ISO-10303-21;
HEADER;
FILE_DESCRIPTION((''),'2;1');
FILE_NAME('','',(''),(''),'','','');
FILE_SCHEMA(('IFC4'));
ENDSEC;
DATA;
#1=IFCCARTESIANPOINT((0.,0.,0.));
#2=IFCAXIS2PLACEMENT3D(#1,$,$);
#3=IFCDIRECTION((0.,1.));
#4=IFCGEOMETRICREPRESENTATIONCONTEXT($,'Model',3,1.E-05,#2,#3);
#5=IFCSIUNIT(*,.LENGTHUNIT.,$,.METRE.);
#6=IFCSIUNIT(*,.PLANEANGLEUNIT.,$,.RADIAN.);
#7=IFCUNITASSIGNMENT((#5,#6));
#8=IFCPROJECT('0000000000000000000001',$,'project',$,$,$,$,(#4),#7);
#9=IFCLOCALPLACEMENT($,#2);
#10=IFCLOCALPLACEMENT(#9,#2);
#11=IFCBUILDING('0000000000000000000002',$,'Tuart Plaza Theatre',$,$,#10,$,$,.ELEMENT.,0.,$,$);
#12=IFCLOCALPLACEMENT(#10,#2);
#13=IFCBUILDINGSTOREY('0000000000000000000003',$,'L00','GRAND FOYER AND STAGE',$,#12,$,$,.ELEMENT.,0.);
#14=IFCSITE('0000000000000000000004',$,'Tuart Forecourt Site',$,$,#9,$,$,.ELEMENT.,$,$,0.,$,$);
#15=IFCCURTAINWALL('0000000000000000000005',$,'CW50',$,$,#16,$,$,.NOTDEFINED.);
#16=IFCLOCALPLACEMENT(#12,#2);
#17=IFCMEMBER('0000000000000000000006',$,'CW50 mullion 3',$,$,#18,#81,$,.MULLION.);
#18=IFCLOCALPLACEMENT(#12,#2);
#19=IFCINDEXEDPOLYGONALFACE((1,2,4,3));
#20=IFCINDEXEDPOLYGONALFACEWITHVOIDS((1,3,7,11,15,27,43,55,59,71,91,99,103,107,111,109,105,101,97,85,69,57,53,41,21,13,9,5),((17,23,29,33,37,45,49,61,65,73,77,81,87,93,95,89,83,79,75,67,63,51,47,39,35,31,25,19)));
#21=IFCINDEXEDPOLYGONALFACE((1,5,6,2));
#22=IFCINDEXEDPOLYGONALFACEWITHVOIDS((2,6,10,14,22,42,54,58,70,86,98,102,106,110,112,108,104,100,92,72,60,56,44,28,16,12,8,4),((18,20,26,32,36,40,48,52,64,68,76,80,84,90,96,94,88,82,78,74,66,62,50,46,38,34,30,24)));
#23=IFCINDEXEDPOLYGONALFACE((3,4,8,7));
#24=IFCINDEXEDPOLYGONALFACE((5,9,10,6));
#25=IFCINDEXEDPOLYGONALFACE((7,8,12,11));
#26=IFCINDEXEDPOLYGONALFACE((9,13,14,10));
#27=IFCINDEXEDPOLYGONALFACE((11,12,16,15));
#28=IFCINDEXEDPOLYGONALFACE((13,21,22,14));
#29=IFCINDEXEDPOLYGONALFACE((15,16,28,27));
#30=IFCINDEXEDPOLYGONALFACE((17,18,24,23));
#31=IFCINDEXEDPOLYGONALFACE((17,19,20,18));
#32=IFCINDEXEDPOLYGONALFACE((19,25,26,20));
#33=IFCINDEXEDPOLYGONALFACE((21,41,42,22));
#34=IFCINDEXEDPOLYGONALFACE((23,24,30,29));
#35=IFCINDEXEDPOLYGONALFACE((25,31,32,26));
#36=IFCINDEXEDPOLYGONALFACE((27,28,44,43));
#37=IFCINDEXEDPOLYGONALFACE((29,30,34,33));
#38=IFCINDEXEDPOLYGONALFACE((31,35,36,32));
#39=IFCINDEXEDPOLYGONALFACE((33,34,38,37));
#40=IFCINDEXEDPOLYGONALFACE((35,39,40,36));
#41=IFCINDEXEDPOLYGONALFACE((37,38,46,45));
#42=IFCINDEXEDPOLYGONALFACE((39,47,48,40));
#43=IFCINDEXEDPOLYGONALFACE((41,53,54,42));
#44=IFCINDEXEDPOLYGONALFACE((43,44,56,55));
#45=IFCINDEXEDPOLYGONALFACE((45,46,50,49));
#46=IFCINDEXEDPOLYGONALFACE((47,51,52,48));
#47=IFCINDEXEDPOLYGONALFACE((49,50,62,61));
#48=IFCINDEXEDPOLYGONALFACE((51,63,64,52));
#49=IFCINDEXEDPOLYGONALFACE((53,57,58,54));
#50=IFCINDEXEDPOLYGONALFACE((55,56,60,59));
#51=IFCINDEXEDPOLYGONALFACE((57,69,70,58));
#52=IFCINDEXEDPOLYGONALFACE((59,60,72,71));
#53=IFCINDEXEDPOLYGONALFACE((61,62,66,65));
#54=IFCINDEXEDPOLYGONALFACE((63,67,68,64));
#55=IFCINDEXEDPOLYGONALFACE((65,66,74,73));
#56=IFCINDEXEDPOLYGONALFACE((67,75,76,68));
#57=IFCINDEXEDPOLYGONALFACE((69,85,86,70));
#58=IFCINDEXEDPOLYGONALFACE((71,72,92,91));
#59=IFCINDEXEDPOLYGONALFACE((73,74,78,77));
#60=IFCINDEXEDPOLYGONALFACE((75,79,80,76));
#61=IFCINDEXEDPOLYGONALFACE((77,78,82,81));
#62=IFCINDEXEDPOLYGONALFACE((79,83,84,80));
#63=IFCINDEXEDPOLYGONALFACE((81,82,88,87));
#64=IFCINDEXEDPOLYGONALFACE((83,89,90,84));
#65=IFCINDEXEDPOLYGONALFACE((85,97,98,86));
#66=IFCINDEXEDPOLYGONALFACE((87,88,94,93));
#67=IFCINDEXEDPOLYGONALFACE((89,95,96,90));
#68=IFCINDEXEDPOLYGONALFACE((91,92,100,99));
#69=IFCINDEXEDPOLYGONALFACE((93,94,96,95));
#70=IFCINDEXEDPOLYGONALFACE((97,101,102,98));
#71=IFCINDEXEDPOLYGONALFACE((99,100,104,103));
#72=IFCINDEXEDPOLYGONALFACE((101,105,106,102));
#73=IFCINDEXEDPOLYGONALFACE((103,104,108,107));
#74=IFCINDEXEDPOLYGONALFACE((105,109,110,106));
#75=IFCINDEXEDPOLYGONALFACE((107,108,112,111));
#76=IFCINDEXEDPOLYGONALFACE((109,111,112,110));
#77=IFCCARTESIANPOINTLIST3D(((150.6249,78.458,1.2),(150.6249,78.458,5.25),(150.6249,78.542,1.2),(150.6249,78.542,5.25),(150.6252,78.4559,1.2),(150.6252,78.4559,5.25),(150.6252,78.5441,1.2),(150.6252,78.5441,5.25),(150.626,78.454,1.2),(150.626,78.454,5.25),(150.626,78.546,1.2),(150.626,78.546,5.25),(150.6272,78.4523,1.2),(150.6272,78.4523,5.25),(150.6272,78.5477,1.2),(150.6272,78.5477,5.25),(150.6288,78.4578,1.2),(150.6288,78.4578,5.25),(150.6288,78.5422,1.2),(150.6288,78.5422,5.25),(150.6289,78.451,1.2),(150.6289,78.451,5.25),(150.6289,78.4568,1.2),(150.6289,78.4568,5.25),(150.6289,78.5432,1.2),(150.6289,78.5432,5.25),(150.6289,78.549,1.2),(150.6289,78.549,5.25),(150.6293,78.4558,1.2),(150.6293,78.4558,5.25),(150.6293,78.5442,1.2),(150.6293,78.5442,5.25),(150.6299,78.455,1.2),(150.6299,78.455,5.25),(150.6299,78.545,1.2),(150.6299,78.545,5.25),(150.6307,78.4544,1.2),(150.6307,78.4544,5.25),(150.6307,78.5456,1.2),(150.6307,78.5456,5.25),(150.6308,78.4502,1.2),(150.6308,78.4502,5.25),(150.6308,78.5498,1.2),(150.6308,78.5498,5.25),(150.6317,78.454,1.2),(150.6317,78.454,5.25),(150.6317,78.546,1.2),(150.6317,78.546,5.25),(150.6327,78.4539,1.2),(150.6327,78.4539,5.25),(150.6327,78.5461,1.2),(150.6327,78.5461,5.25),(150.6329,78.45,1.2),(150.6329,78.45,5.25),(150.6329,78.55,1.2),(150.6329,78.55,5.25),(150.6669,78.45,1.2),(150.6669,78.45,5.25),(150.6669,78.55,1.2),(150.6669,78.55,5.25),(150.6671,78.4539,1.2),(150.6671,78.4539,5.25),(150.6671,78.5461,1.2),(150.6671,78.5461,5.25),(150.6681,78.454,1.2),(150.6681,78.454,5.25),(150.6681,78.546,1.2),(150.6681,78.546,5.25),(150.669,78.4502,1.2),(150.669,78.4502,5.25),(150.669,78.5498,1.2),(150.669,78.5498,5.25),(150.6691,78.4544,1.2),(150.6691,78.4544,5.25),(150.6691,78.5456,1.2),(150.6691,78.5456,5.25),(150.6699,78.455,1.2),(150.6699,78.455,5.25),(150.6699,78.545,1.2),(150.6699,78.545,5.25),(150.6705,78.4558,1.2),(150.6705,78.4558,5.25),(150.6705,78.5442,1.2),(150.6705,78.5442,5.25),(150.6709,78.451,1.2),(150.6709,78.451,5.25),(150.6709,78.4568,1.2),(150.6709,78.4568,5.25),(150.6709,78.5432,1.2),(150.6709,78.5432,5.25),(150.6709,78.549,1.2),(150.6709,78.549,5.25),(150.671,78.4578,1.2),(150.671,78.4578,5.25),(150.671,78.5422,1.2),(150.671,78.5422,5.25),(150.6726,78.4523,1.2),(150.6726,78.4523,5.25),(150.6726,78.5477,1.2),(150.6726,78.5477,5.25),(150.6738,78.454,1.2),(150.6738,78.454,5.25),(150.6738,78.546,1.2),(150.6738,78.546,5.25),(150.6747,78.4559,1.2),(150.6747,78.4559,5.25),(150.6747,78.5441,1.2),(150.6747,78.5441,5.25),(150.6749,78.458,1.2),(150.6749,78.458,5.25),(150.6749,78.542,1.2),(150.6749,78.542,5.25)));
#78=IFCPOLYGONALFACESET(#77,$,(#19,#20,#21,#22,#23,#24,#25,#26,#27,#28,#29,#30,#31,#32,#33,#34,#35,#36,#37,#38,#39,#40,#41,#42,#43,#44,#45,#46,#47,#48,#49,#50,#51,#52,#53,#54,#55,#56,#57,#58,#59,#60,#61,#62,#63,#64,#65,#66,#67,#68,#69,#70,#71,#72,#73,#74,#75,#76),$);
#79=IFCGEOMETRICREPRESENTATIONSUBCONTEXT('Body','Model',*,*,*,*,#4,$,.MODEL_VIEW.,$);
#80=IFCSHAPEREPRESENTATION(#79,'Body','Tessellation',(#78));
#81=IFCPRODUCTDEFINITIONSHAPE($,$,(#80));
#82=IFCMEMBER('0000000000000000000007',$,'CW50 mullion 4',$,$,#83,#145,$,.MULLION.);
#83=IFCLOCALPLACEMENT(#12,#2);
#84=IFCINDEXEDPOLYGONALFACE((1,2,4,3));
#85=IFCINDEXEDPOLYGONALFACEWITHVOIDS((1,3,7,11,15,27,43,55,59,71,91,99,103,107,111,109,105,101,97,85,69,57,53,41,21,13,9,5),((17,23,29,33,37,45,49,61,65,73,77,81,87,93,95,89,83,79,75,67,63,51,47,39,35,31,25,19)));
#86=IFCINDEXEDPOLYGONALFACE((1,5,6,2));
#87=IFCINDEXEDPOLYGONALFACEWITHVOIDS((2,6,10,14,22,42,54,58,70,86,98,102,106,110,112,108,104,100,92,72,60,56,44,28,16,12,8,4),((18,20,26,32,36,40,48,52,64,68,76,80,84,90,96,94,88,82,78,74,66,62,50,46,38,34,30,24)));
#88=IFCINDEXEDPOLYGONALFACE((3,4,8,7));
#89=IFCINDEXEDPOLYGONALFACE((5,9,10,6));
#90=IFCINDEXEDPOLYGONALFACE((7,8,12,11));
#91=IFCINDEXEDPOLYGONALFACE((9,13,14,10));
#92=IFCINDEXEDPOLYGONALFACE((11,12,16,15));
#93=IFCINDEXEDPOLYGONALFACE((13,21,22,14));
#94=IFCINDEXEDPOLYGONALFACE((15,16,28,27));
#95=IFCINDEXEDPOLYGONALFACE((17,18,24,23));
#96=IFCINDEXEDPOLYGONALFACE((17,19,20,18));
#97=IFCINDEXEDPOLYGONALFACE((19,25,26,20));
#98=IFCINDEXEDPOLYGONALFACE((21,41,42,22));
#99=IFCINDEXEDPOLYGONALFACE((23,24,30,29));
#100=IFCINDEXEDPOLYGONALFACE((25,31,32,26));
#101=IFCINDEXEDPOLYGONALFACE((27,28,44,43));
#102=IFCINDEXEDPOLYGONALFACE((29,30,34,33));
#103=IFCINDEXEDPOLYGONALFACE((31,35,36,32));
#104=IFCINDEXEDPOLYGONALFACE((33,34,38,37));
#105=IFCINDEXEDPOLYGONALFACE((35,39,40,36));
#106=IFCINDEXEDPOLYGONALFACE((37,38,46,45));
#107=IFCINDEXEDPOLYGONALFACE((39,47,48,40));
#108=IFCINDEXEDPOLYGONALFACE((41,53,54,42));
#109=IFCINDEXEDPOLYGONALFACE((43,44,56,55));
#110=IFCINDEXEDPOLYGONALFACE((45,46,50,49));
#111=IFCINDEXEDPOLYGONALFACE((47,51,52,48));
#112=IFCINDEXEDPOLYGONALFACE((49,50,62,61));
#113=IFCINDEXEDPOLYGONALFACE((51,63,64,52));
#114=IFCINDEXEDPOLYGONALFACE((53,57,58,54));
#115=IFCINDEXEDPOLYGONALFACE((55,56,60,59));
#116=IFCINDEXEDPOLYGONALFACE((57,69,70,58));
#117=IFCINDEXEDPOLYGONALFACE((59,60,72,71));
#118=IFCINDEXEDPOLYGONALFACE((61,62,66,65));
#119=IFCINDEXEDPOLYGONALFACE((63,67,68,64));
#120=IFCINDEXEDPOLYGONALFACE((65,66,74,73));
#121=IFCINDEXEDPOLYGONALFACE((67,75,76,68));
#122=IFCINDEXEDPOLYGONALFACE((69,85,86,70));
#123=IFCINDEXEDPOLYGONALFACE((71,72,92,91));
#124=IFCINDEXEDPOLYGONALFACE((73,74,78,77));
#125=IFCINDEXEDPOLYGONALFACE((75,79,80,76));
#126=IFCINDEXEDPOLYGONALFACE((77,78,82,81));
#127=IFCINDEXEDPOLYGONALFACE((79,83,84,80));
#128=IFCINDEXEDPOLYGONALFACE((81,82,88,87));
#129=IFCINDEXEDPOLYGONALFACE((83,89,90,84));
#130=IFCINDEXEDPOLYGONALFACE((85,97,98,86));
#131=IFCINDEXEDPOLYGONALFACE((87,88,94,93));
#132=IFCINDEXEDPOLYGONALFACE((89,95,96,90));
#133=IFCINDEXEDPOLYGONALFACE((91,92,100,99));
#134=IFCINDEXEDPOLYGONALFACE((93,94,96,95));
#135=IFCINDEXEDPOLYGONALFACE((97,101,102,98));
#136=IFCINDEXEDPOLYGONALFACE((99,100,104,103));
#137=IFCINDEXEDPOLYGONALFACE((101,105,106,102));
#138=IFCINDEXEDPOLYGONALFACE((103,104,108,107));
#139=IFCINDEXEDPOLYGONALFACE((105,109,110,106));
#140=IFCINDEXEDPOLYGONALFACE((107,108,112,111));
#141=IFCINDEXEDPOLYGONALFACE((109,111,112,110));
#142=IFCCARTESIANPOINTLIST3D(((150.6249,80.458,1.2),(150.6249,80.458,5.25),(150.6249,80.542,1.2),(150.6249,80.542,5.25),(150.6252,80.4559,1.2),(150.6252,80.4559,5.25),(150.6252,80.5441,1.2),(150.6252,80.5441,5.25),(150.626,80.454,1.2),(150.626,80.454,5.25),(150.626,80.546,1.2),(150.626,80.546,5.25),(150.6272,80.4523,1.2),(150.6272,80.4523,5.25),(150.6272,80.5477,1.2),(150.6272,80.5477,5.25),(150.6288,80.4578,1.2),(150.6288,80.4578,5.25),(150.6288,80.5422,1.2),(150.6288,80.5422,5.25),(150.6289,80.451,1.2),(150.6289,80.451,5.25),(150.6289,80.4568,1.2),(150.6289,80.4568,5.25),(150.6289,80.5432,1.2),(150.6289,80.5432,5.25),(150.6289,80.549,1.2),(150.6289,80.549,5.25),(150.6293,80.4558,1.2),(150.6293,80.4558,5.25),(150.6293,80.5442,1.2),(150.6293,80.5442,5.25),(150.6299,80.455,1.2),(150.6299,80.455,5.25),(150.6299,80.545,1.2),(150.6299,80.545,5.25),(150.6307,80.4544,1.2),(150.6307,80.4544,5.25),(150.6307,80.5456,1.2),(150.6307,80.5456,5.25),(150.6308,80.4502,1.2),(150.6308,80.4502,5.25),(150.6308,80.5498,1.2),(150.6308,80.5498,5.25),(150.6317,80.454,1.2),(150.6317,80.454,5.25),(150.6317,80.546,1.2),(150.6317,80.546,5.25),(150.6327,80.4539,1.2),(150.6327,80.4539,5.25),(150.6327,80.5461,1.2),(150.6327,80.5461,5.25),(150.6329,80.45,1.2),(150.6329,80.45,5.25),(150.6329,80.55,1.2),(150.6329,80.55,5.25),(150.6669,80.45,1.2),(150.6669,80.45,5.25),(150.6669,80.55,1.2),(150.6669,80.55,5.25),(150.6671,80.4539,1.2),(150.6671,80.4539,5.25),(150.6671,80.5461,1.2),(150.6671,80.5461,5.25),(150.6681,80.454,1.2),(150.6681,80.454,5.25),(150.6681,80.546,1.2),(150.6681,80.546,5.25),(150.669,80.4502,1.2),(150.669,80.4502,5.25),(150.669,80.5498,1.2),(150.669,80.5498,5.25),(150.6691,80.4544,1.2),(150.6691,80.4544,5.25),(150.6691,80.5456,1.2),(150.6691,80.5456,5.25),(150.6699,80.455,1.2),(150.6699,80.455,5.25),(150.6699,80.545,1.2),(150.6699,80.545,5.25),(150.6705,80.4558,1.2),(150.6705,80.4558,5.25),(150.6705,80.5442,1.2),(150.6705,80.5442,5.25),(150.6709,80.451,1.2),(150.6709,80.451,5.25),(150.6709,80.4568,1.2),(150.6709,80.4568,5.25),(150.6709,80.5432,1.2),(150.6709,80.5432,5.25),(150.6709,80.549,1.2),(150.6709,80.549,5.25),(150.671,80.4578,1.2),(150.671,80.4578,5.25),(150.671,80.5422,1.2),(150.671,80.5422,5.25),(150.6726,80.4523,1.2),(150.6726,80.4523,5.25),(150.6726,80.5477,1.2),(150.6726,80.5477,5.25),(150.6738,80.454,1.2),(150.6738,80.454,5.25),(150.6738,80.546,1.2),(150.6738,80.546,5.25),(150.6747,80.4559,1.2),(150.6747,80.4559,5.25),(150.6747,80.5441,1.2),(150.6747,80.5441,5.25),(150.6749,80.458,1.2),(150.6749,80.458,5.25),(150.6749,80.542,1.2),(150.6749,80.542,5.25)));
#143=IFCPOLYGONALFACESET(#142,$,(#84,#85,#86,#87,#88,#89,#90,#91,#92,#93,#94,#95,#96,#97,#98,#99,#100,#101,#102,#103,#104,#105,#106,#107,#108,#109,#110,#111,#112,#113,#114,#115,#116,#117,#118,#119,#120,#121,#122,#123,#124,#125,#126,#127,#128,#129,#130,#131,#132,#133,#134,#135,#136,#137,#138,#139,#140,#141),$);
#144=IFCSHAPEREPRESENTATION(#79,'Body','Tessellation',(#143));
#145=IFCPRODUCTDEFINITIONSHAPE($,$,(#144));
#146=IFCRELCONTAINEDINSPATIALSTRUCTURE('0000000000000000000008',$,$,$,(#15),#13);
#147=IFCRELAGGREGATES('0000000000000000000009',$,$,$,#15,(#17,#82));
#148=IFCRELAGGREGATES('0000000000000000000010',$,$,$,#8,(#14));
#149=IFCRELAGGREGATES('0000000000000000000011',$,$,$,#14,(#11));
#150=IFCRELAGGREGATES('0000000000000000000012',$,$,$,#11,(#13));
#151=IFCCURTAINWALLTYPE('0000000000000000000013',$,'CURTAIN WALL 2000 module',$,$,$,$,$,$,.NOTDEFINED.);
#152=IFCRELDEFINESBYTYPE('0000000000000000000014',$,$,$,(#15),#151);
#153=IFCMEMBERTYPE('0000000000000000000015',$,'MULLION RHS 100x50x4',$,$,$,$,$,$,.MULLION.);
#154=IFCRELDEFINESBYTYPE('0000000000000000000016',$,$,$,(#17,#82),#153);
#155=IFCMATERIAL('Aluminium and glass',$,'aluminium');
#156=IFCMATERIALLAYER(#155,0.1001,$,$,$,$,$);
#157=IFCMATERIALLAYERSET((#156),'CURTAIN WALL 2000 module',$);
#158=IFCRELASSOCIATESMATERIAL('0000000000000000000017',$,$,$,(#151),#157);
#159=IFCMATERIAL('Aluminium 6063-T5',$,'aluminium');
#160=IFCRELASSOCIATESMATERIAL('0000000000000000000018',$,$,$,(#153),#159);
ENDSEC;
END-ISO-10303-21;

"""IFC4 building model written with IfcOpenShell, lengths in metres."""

from ifc_helpers import new_model, si_unit, direction, frame, origin, origin_2d, place, context, subcontext, project, spatial, hollow_rectangle, extrude, material, layer, layer_set, material_profile, profile_set, type_object, element, aggregate, save


model = new_model("IFC4")

# Units and contexts
model_context = context("Model", 3, precision=1e-05, world=origin(), true_north=direction((0.0, 1.0)))
body_context = subcontext(model_context, "Body", "Model", "MODEL_VIEW")
ifc_project = project(units=[si_unit("LENGTHUNIT", "METRE"), si_unit("PLANEANGLEUNIT", "RADIAN")], contexts=[model_context])

# Site, building, storey
site_placement = place(None, origin())
site = spatial("IfcSite", under=ifc_project, at=site_placement, Name="Tuart Forecourt Site", CompositionType="ELEMENT", RefElevation=0.0)
building_placement = place(site_placement, origin())
building = spatial("IfcBuilding", under=site, at=building_placement, Name="Tuart Plaza Theatre", CompositionType="ELEMENT", ElevationOfRefHeight=0.0)
storey_placement = place(building_placement, origin())
storey = spatial("IfcBuildingStorey", under=building, at=storey_placement, Name="L00", Description="GRAND FOYER AND STAGE", CompositionType="ELEMENT", Elevation=0.0)

# Curtain wall, members
ifc_material_1 = material(Name="Aluminium and glass", Category="aluminium")
ifc_layer_1 = layer(ifc_material_1, 0.1001)
ifc_layer_set_1 = layer_set([ifc_layer_1], Name="CURTAIN WALL 2000 module")
curtain_wall_type = type_object("IfcCurtainWallType", Name="CURTAIN WALL 2000 module", PredefinedType="NOTDEFINED", material=ifc_layer_set_1)
curtain_wall_placement = place(storey_placement, origin())
curtain_wall = element("IfcCurtainWall", 1, at=curtain_wall_placement, inside=storey, type_object=curtain_wall_type, Name="CW50", PredefinedType="NOTDEFINED")
ifc_material_2 = material(Name="Aluminium 6063-T5", Category="aluminium")
ifc_material_profile_1 = material_profile(ifc_material_2, hollow_rectangle(XDim=0.05, YDim=0.1001, WallThickness=0.0039, InnerFilletRadius=0.0039, OuterFilletRadius=0.0081, at=origin_2d()), Name="RHS 100x50x4")
ifc_profile_set_1 = profile_set([ifc_material_profile_1], Name="Aluminium 6063-T5")
member_type_1 = type_object("IfcMemberType", Name="MULLION RHS 100x50x4", PredefinedType="MULLION", material=ifc_profile_set_1)
member_1_placement = place(storey_placement, frame((150.6499, 78.5, 1.2), z_axis=(0.0, 0.0, 1.0), x_axis=(-1.0, 0.0, 0.0)))
member_1 = element("IfcMember", 2, at=member_1_placement, type_object=member_type_1, Name="CW50 mullion 3", PredefinedType="MULLION", context=body_context, shape_type="SweptSolid", body=[
    extrude(hollow_rectangle(XDim=0.05, YDim=0.1001, WallThickness=0.0039, InnerFilletRadius=0.0039, OuterFilletRadius=0.0081, at=origin_2d()), origin(), (0.0, 0.0, 1.0), 4.05),
])
member_2_placement = place(storey_placement, frame((150.6499, 80.5, 1.2), z_axis=(0.0, 0.0, 1.0), x_axis=(-1.0, 0.0, 0.0)))
member_2 = element("IfcMember", 3, at=member_2_placement, type_object=member_type_1, Name="CW50 mullion 4", PredefinedType="MULLION", context=body_context, shape_type="SweptSolid", body=[
    extrude(hollow_rectangle(XDim=0.05, YDim=0.1001, WallThickness=0.0039, InnerFilletRadius=0.0039, OuterFilletRadius=0.0081, at=origin_2d()), origin(), (0.0, 0.0, 1.0), 4.05),
])
aggregate(curtain_wall, [member_1, member_2])

save(model, "model.ifc")
